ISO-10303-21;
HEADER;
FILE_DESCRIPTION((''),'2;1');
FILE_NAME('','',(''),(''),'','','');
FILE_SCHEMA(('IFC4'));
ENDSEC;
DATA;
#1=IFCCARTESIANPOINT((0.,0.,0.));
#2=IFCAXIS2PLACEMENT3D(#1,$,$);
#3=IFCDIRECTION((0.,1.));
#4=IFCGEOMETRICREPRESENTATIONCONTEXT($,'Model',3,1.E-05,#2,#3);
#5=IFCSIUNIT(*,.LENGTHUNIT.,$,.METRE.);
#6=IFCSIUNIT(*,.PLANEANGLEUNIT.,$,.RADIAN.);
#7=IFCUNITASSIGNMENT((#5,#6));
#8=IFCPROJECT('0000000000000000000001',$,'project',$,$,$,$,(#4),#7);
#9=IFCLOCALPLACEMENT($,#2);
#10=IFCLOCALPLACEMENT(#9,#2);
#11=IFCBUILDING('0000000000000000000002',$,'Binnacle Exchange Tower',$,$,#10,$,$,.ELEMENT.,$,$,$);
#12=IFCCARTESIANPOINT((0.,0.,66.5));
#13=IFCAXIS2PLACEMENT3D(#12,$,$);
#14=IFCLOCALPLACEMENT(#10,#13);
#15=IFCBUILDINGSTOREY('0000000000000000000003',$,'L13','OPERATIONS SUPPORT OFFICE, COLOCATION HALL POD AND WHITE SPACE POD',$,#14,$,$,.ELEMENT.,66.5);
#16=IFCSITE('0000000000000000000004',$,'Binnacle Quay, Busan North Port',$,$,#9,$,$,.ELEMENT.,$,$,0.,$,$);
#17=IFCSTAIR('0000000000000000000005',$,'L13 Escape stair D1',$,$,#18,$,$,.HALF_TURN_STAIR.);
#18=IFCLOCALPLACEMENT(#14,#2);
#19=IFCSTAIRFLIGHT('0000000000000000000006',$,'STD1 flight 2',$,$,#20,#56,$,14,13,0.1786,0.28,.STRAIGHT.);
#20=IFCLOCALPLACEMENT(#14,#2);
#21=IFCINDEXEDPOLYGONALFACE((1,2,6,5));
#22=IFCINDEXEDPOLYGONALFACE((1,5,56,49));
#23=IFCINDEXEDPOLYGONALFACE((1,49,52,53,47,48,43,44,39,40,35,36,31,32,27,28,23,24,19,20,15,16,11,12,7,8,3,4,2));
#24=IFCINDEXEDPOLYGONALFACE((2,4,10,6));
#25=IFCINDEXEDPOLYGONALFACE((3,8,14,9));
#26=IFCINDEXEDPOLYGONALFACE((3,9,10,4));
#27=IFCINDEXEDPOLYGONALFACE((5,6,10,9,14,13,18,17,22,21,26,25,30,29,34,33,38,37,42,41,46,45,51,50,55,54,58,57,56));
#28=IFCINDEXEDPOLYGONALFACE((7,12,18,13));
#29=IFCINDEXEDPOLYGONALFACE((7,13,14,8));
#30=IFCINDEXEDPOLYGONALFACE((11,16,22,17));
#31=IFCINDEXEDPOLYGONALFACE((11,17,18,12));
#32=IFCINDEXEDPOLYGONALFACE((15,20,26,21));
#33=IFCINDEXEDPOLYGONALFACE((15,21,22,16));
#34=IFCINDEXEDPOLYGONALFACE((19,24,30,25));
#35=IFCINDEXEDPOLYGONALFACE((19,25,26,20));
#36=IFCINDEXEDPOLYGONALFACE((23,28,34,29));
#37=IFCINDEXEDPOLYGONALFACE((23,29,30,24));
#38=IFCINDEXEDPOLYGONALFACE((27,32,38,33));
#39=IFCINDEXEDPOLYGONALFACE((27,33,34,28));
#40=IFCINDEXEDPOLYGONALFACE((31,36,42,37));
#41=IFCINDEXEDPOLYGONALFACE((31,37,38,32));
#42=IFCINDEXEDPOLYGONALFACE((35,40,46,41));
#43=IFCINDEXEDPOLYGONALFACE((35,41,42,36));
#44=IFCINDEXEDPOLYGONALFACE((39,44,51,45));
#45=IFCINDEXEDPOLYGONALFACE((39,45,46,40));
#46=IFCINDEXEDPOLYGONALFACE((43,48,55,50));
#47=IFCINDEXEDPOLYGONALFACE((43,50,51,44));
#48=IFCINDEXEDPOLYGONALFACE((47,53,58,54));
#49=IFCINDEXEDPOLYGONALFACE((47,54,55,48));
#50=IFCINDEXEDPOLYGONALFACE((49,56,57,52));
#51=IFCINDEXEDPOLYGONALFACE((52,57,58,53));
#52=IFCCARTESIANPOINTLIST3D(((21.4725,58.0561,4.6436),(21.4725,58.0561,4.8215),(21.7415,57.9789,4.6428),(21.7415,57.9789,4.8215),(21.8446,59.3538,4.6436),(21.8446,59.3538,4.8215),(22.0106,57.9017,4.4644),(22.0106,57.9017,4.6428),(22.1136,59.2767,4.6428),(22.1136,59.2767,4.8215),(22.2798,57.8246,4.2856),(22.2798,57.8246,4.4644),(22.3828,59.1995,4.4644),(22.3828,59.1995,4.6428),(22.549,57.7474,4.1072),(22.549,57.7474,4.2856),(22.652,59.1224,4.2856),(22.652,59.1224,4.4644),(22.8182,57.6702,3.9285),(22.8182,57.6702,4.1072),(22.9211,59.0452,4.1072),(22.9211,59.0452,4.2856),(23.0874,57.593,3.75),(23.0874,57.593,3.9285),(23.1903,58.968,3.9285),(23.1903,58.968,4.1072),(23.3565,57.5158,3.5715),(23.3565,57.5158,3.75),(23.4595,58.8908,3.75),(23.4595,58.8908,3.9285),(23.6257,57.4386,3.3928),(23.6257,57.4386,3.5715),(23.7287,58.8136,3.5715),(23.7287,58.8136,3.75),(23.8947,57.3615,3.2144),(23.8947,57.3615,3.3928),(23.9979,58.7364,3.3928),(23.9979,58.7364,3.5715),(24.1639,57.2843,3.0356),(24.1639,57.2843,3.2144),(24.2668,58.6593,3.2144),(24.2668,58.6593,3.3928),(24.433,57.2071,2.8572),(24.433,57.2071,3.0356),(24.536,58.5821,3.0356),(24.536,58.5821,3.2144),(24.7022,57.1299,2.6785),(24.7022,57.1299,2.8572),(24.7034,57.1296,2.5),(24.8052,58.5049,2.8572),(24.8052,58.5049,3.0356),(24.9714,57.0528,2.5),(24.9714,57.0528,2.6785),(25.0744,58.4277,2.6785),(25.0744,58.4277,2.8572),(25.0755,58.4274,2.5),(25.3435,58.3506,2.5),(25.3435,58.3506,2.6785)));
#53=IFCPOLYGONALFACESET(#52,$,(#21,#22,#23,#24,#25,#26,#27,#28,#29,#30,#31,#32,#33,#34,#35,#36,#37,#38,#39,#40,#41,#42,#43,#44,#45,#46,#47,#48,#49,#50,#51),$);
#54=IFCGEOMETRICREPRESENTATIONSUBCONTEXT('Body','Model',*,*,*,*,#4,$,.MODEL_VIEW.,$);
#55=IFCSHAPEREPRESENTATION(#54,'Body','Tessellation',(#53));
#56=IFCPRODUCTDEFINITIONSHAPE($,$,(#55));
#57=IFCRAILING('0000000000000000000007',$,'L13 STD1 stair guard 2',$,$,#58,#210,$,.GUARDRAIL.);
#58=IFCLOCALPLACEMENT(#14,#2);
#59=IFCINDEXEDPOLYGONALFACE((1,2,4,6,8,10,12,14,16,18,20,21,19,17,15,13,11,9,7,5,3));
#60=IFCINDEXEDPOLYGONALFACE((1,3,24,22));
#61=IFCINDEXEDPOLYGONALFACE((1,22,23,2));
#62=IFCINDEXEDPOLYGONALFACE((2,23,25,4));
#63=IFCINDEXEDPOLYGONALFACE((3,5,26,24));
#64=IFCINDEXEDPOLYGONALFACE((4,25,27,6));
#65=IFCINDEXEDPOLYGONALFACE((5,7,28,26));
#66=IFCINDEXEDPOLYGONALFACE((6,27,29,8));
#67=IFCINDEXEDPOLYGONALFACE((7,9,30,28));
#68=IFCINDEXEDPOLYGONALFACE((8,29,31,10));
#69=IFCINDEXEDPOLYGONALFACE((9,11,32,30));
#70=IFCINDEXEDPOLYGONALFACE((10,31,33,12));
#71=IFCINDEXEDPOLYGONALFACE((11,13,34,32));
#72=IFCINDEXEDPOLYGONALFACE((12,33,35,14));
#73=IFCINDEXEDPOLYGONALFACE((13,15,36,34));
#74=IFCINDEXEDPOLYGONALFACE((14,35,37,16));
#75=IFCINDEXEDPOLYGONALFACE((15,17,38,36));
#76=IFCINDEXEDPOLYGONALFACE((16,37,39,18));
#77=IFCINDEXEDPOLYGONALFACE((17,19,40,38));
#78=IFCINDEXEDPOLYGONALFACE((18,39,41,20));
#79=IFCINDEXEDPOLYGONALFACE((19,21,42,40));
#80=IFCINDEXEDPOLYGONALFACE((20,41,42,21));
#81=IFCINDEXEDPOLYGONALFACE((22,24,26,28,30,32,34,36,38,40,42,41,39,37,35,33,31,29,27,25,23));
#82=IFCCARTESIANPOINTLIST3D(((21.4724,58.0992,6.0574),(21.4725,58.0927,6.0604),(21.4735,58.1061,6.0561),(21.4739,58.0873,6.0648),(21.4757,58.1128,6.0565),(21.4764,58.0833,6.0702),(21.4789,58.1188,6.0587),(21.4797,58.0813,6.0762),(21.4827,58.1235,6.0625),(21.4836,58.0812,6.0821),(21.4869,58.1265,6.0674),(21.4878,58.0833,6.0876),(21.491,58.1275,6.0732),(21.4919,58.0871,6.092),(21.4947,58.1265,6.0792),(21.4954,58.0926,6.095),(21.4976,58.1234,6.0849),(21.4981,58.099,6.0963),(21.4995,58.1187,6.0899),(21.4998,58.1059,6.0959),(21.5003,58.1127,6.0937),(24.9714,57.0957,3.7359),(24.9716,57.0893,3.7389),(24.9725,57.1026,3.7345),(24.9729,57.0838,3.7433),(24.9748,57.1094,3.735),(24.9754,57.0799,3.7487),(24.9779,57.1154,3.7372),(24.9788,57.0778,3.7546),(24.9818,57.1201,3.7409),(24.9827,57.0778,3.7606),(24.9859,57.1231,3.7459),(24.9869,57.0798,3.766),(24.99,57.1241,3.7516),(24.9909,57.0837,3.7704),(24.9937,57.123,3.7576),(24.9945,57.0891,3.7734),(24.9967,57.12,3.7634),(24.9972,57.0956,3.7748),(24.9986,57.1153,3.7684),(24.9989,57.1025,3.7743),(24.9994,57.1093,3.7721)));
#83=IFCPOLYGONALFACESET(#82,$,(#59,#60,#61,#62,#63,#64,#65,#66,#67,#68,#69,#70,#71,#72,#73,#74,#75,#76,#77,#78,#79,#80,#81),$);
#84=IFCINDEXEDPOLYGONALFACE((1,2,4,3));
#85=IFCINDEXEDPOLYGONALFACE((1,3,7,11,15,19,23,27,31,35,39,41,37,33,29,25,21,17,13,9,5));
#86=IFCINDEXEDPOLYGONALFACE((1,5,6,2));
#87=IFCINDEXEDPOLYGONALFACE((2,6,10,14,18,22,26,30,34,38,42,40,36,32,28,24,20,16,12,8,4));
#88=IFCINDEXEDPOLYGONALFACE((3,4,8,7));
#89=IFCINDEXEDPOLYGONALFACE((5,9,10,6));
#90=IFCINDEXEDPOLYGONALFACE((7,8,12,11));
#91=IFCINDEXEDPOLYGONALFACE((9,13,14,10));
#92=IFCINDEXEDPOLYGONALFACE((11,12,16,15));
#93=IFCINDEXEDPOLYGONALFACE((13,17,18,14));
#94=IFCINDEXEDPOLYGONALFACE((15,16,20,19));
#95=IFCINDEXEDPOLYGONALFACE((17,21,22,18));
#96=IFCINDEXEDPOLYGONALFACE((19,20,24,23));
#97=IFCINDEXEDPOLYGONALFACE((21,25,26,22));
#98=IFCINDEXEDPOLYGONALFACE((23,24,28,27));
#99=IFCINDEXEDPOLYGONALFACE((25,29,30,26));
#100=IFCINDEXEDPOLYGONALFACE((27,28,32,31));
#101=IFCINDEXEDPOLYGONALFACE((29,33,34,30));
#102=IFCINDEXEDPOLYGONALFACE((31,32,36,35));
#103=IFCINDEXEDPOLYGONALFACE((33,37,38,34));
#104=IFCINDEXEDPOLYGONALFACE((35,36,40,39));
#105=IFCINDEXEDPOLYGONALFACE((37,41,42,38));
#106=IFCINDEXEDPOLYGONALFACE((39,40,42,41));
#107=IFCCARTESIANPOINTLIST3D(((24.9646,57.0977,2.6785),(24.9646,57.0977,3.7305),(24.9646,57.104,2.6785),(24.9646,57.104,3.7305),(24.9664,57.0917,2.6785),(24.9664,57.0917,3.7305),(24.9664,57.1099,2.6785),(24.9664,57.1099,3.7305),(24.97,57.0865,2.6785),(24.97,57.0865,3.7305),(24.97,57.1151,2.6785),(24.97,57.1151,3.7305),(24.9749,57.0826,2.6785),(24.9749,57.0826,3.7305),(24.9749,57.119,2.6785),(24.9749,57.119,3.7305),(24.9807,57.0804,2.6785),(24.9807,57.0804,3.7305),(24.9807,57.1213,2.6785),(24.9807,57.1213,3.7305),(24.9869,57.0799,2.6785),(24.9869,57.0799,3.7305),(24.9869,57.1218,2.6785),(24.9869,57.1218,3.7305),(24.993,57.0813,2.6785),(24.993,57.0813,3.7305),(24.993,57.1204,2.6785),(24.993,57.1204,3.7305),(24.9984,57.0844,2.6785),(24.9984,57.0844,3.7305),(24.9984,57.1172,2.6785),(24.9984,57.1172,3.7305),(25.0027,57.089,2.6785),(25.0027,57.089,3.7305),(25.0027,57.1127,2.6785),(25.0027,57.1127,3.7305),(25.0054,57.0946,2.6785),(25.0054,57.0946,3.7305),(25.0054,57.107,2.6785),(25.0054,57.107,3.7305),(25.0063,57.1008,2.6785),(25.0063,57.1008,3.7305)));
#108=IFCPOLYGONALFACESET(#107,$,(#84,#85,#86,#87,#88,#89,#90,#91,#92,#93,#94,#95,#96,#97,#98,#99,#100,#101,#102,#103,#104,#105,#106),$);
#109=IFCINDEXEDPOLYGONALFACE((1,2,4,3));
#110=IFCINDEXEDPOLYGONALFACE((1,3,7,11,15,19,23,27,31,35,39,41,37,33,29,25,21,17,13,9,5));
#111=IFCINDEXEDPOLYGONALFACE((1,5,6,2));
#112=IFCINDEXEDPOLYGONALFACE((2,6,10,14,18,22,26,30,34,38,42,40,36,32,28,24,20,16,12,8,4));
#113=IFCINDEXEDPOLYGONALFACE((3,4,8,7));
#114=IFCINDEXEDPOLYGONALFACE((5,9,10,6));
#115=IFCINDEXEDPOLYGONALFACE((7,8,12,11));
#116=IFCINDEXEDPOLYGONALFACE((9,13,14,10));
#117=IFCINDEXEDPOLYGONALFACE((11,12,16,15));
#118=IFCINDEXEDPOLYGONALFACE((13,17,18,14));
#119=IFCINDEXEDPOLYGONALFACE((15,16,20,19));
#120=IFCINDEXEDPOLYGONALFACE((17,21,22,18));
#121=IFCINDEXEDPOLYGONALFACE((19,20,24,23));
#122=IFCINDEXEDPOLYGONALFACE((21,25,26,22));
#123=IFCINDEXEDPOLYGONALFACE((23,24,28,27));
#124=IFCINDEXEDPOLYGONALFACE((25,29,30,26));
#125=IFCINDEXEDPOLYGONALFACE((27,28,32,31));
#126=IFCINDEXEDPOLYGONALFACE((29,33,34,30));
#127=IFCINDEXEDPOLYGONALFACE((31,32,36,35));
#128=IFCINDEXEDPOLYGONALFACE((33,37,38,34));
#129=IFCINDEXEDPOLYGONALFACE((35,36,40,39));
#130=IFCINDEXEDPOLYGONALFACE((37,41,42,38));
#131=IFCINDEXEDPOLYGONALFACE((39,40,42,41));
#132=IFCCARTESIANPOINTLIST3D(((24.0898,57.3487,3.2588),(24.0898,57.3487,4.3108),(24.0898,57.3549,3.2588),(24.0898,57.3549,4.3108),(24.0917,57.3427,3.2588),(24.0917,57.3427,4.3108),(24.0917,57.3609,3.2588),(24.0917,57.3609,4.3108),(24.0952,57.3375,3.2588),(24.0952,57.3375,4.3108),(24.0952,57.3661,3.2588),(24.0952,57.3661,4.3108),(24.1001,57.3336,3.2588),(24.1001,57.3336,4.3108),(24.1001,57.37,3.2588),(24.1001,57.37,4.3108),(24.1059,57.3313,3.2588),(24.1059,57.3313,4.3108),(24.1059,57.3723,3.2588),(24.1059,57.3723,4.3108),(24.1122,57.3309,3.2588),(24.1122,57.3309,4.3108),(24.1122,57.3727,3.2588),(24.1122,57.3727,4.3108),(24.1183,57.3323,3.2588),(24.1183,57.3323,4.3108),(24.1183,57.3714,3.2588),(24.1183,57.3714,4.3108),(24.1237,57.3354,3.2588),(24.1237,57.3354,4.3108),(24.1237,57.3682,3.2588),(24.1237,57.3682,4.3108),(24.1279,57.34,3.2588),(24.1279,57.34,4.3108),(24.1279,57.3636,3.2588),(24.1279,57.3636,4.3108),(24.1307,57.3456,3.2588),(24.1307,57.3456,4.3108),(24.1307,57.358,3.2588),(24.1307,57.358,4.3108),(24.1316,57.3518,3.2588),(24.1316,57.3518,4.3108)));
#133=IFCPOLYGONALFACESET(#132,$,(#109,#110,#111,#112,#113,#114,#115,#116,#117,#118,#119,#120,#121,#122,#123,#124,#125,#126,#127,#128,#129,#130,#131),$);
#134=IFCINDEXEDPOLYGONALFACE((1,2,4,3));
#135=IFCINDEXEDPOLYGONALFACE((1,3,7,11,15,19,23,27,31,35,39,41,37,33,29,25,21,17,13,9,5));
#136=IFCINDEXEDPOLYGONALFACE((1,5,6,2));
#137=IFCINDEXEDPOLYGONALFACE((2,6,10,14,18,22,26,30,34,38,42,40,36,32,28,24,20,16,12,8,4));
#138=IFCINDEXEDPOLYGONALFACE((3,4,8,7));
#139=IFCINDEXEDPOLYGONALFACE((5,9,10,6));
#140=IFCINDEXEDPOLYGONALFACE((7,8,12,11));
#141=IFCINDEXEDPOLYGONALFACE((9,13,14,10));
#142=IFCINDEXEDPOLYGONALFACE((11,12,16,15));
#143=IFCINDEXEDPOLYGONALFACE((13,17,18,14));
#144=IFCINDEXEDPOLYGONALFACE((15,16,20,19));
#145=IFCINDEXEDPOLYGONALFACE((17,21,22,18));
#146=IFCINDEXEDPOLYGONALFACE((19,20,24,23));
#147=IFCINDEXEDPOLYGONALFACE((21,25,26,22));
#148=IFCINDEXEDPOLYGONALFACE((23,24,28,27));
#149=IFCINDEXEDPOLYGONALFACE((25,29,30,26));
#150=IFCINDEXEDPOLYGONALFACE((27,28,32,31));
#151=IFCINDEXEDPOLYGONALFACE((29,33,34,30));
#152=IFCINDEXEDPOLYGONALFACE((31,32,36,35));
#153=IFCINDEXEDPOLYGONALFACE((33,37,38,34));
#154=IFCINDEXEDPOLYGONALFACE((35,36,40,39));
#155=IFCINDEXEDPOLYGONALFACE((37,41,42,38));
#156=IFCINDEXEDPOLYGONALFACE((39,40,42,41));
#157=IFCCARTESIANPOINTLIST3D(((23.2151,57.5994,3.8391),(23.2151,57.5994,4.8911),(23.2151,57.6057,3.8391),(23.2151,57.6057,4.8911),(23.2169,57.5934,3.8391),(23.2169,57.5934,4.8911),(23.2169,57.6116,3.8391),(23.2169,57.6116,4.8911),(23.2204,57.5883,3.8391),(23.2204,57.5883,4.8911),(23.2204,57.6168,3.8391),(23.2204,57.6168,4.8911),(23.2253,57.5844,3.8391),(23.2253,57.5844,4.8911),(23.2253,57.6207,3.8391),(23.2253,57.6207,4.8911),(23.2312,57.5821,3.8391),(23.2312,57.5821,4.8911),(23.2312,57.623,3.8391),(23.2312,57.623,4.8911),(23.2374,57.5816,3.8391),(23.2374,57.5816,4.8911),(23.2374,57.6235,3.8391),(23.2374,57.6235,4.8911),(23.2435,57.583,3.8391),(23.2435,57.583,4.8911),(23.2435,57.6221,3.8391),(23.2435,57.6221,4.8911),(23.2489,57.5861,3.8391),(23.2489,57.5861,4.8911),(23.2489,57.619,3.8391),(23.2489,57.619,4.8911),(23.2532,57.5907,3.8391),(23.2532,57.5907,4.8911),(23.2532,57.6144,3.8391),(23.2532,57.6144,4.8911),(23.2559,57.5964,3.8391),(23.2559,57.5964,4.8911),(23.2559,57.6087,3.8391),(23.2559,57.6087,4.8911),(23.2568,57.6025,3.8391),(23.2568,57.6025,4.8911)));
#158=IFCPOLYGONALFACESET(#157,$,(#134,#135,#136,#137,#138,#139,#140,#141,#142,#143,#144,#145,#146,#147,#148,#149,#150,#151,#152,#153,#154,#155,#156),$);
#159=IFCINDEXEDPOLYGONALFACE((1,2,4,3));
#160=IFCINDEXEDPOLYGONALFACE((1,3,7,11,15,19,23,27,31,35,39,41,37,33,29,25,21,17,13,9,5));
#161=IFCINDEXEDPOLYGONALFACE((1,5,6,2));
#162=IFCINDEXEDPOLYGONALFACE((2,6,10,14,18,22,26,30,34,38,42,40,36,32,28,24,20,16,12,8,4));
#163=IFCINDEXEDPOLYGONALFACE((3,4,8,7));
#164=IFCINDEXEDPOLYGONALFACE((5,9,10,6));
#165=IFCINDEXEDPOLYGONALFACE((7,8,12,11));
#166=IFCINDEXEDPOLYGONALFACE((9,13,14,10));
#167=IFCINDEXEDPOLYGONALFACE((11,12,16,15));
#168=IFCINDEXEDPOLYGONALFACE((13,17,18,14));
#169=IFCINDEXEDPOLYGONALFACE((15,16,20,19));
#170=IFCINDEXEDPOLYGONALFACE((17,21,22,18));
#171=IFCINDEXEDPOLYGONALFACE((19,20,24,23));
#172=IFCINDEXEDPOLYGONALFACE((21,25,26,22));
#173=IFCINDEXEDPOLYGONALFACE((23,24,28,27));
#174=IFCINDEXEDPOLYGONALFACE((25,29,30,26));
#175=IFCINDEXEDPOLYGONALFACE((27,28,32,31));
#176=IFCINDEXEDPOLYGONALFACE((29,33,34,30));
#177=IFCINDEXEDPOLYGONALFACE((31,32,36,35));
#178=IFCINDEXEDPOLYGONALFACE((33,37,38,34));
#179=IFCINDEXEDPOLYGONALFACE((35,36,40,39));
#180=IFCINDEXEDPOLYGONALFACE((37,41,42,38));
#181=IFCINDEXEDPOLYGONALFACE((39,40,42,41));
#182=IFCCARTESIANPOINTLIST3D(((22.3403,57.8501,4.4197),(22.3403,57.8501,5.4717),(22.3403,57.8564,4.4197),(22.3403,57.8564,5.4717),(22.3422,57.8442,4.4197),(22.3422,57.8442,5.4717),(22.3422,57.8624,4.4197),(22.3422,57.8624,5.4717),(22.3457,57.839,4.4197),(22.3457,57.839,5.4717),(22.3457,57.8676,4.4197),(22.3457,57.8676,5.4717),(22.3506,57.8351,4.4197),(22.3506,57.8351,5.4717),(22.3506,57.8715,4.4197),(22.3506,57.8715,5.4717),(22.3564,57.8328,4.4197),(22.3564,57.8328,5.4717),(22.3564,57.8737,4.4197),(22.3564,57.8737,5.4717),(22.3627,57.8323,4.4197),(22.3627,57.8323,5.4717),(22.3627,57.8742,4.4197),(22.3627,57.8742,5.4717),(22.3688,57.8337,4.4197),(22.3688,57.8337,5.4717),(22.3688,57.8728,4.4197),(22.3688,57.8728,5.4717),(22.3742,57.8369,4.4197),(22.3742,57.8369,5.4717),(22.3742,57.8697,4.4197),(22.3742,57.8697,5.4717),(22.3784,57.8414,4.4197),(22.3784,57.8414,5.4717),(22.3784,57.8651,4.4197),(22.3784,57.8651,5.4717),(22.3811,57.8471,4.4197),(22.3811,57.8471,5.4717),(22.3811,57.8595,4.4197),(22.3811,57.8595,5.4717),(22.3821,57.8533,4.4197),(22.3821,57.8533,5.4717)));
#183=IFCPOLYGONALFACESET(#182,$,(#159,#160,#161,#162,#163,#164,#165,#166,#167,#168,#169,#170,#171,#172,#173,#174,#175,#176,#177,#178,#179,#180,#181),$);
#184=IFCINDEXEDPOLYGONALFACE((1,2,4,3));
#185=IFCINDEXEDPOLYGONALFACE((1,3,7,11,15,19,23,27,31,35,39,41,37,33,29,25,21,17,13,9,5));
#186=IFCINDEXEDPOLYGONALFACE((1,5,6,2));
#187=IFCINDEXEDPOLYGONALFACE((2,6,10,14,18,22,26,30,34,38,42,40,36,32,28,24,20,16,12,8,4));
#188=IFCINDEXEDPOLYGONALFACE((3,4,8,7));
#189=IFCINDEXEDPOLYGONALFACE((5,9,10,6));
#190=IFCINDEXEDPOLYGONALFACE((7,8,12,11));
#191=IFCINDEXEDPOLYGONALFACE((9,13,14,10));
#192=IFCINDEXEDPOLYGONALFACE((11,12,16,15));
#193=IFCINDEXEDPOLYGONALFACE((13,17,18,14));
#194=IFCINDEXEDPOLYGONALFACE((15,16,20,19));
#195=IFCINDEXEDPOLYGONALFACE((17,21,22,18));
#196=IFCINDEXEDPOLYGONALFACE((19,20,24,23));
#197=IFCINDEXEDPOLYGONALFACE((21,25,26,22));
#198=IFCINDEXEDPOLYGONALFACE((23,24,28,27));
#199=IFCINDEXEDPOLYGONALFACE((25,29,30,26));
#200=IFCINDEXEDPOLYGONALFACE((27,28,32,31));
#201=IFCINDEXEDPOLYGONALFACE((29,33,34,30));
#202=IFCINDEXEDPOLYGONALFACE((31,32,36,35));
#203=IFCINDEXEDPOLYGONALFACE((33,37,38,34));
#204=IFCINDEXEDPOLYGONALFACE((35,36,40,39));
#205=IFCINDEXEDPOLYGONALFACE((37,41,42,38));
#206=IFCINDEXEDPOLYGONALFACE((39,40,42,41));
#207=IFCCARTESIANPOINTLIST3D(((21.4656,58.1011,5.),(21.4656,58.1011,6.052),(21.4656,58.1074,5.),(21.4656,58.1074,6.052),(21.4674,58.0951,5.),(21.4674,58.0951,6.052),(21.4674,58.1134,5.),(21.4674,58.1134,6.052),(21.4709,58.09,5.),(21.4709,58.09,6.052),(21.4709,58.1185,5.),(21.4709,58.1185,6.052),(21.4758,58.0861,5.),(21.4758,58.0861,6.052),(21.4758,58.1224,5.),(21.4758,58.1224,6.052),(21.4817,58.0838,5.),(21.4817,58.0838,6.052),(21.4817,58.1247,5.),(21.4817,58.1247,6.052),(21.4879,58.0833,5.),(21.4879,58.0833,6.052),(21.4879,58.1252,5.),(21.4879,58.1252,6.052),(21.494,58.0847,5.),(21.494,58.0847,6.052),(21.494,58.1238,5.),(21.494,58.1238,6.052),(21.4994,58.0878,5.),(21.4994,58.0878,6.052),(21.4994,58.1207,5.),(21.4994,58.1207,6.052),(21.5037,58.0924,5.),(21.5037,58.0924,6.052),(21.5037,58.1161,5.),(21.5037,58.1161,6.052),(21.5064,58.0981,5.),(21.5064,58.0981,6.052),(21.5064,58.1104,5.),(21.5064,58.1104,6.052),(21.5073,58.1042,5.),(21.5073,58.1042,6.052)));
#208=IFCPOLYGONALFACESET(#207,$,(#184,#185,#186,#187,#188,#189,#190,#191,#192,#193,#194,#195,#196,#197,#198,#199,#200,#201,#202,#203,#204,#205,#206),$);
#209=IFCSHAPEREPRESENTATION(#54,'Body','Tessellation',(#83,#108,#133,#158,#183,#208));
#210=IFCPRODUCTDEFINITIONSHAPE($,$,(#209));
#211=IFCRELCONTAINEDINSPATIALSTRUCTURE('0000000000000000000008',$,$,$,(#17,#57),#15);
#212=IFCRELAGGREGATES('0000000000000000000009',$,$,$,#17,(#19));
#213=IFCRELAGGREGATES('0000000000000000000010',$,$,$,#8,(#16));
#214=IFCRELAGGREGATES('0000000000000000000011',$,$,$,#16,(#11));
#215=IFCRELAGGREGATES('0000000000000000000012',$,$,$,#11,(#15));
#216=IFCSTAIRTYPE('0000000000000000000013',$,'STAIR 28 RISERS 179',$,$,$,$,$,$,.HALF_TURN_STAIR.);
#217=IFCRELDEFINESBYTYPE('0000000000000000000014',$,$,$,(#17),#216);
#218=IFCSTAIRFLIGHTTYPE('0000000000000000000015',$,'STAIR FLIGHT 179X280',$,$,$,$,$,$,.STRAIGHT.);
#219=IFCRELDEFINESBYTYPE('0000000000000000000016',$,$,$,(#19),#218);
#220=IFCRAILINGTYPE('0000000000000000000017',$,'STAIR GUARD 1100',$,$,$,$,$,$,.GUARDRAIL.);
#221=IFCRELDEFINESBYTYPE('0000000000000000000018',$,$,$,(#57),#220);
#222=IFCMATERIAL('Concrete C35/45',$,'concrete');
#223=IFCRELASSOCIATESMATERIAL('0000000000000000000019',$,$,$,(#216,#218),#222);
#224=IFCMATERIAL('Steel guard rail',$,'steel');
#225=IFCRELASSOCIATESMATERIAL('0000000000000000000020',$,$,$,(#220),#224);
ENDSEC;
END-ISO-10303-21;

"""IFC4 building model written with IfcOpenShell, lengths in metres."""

from ifc_helpers import new_model, si_unit, direction, frame, origin, origin_2d, place, context, subcontext, project, spatial, polyline, circle, outline, extrude, material, type_object, element, aggregate, save


model = new_model("IFC4")

# Units and contexts
model_context = context("Model", 3, precision=1e-05, world=origin(), true_north=direction((0.0, 1.0)))
body_context = subcontext(model_context, "Body", "Model", "MODEL_VIEW")
ifc_project = project(units=[si_unit("LENGTHUNIT", "METRE"), si_unit("PLANEANGLEUNIT", "RADIAN")], contexts=[model_context])

# Site, building, storey
site_placement = place(None, origin())
site = spatial("IfcSite", under=ifc_project, at=site_placement, Name="Binnacle Quay, Busan North Port", CompositionType="ELEMENT", RefElevation=0.0)
building_placement = place(site_placement, origin())
building = spatial("IfcBuilding", under=site, at=building_placement, Name="Binnacle Exchange Tower", CompositionType="ELEMENT")
storey_placement = place(building_placement, frame((0.0, 0.0, 66.5)))
storey = spatial("IfcBuildingStorey", under=building, at=storey_placement, Name="L13", Description="OPERATIONS SUPPORT OFFICE, COLOCATION HALL POD AND WHITE SPACE POD", CompositionType="ELEMENT", Elevation=66.5)

# Stair, stair flight
ifc_material_1 = material(Name="Concrete C35/45", Category="concrete")
stair_type = type_object("IfcStairType", Name="STAIR 28 RISERS 179", PredefinedType="HALF_TURN_STAIR", material=ifc_material_1)
stair_placement = place(storey_placement, origin())
stair = element("IfcStair", 1, at=stair_placement, inside=storey, type_object=stair_type, Name="L13 Escape stair D1", PredefinedType="HALF_TURN_STAIR")
stair_flight_type = type_object("IfcStairFlightType", Name="STAIR FLIGHT 179X280", PredefinedType="STRAIGHT", material=ifc_material_1)
stair_flight_1_placement = place(storey_placement, frame((25.1575, 57.7017, 2.5), z_axis=(0.0, 0.0, 1.0), x_axis=(-0.961262, 0.275637, 0.0)))
stair_flight_1 = element("IfcStairFlight", 2, at=stair_flight_1_placement, type_object=stair_flight_type, Name="STD1 flight 2", NumberOfRisers=14, NumberOfTreads=13, PredefinedType="STRAIGHT", RiserHeight=0.1786, TreadLength=0.28, context=body_context, shape_type="SweptSolid", body=[
    extrude(outline(polyline([(0.0, 0.0), (0.0, 0.1785), (0.28, 0.1785), (0.28, 0.3572), (0.5601, 0.3572), (0.5601, 0.5356), (0.8401, 0.5356), (0.8401, 0.7144), (1.1201, 0.7144), (1.1201, 0.8928), (1.3999, 0.8928), (1.3999, 1.0715), (1.6799, 1.0715), (1.6799, 1.25), (1.96, 1.25), (1.96, 1.4285), (2.24, 1.4285), (2.24, 1.6072), (2.52, 1.6072), (2.52, 1.7856), (2.8, 1.7856), (2.8, 1.9644), (3.0801, 1.9644), (3.0801, 2.1428), (3.3601, 2.1428), (3.3601, 2.3215), (3.6399, 2.3215), (3.6399, 2.5), (3.6399, 2.1436), (0.2788, 0.0), (0.0, 0.0)])), frame((0.0, 0.675, 0.0), z_axis=(0.0, -1.0, 0.0), x_axis=(1.0, 0.0, 0.0)), (0.0, 0.0, 1.0), 1.3501),
])
aggregate(stair, [stair_flight_1])

# Railing
ifc_material_2 = material(Name="Steel guard rail", Category="steel")
railing_type_1 = type_object("IfcRailingType", Name="STAIR GUARD 1100", PredefinedType="GUARDRAIL", material=ifc_material_2)
railing_1_placement = place(storey_placement, frame((24.9854, 57.1008, 2.6785)))
element("IfcRailing", 3, at=railing_1_placement, inside=storey, type_object=railing_type_1, Name="L13 STD1 stair guard 2", PredefinedType="GUARDRAIL", context=body_context, shape_type="SweptSolid", body=[
    extrude(circle(Radius=0.0239, at=origin_2d()), frame((0.0, 0.0, 1.0762), z_axis=(-0.810456, 0.232415, 0.537722), x_axis=(-0.27566, -0.961255, 0.0)), (0.0, 0.0, 1.0), 4.3174),
    extrude(circle(Radius=0.021, at=origin_2d()), origin(), (0.0, 0.0, 1.0), 1.052),
    extrude(circle(Radius=0.021, at=origin_2d()), frame((-0.8748, 0.251, 0.5803)), (0.0, 0.0, 1.0), 1.052),
    extrude(circle(Radius=0.021, at=origin_2d()), frame((-1.7495, 0.5017, 1.1606)), (0.0, 0.0, 1.0), 1.052),
    extrude(circle(Radius=0.021, at=origin_2d()), frame((-2.6243, 0.7524, 1.7412)), (0.0, 0.0, 1.0), 1.052),
    extrude(circle(Radius=0.021, at=origin_2d()), frame((-3.499, 1.0034, 2.3215)), (0.0, 0.0, 1.0), 1.052),
])

save(model, "model.ifc")
